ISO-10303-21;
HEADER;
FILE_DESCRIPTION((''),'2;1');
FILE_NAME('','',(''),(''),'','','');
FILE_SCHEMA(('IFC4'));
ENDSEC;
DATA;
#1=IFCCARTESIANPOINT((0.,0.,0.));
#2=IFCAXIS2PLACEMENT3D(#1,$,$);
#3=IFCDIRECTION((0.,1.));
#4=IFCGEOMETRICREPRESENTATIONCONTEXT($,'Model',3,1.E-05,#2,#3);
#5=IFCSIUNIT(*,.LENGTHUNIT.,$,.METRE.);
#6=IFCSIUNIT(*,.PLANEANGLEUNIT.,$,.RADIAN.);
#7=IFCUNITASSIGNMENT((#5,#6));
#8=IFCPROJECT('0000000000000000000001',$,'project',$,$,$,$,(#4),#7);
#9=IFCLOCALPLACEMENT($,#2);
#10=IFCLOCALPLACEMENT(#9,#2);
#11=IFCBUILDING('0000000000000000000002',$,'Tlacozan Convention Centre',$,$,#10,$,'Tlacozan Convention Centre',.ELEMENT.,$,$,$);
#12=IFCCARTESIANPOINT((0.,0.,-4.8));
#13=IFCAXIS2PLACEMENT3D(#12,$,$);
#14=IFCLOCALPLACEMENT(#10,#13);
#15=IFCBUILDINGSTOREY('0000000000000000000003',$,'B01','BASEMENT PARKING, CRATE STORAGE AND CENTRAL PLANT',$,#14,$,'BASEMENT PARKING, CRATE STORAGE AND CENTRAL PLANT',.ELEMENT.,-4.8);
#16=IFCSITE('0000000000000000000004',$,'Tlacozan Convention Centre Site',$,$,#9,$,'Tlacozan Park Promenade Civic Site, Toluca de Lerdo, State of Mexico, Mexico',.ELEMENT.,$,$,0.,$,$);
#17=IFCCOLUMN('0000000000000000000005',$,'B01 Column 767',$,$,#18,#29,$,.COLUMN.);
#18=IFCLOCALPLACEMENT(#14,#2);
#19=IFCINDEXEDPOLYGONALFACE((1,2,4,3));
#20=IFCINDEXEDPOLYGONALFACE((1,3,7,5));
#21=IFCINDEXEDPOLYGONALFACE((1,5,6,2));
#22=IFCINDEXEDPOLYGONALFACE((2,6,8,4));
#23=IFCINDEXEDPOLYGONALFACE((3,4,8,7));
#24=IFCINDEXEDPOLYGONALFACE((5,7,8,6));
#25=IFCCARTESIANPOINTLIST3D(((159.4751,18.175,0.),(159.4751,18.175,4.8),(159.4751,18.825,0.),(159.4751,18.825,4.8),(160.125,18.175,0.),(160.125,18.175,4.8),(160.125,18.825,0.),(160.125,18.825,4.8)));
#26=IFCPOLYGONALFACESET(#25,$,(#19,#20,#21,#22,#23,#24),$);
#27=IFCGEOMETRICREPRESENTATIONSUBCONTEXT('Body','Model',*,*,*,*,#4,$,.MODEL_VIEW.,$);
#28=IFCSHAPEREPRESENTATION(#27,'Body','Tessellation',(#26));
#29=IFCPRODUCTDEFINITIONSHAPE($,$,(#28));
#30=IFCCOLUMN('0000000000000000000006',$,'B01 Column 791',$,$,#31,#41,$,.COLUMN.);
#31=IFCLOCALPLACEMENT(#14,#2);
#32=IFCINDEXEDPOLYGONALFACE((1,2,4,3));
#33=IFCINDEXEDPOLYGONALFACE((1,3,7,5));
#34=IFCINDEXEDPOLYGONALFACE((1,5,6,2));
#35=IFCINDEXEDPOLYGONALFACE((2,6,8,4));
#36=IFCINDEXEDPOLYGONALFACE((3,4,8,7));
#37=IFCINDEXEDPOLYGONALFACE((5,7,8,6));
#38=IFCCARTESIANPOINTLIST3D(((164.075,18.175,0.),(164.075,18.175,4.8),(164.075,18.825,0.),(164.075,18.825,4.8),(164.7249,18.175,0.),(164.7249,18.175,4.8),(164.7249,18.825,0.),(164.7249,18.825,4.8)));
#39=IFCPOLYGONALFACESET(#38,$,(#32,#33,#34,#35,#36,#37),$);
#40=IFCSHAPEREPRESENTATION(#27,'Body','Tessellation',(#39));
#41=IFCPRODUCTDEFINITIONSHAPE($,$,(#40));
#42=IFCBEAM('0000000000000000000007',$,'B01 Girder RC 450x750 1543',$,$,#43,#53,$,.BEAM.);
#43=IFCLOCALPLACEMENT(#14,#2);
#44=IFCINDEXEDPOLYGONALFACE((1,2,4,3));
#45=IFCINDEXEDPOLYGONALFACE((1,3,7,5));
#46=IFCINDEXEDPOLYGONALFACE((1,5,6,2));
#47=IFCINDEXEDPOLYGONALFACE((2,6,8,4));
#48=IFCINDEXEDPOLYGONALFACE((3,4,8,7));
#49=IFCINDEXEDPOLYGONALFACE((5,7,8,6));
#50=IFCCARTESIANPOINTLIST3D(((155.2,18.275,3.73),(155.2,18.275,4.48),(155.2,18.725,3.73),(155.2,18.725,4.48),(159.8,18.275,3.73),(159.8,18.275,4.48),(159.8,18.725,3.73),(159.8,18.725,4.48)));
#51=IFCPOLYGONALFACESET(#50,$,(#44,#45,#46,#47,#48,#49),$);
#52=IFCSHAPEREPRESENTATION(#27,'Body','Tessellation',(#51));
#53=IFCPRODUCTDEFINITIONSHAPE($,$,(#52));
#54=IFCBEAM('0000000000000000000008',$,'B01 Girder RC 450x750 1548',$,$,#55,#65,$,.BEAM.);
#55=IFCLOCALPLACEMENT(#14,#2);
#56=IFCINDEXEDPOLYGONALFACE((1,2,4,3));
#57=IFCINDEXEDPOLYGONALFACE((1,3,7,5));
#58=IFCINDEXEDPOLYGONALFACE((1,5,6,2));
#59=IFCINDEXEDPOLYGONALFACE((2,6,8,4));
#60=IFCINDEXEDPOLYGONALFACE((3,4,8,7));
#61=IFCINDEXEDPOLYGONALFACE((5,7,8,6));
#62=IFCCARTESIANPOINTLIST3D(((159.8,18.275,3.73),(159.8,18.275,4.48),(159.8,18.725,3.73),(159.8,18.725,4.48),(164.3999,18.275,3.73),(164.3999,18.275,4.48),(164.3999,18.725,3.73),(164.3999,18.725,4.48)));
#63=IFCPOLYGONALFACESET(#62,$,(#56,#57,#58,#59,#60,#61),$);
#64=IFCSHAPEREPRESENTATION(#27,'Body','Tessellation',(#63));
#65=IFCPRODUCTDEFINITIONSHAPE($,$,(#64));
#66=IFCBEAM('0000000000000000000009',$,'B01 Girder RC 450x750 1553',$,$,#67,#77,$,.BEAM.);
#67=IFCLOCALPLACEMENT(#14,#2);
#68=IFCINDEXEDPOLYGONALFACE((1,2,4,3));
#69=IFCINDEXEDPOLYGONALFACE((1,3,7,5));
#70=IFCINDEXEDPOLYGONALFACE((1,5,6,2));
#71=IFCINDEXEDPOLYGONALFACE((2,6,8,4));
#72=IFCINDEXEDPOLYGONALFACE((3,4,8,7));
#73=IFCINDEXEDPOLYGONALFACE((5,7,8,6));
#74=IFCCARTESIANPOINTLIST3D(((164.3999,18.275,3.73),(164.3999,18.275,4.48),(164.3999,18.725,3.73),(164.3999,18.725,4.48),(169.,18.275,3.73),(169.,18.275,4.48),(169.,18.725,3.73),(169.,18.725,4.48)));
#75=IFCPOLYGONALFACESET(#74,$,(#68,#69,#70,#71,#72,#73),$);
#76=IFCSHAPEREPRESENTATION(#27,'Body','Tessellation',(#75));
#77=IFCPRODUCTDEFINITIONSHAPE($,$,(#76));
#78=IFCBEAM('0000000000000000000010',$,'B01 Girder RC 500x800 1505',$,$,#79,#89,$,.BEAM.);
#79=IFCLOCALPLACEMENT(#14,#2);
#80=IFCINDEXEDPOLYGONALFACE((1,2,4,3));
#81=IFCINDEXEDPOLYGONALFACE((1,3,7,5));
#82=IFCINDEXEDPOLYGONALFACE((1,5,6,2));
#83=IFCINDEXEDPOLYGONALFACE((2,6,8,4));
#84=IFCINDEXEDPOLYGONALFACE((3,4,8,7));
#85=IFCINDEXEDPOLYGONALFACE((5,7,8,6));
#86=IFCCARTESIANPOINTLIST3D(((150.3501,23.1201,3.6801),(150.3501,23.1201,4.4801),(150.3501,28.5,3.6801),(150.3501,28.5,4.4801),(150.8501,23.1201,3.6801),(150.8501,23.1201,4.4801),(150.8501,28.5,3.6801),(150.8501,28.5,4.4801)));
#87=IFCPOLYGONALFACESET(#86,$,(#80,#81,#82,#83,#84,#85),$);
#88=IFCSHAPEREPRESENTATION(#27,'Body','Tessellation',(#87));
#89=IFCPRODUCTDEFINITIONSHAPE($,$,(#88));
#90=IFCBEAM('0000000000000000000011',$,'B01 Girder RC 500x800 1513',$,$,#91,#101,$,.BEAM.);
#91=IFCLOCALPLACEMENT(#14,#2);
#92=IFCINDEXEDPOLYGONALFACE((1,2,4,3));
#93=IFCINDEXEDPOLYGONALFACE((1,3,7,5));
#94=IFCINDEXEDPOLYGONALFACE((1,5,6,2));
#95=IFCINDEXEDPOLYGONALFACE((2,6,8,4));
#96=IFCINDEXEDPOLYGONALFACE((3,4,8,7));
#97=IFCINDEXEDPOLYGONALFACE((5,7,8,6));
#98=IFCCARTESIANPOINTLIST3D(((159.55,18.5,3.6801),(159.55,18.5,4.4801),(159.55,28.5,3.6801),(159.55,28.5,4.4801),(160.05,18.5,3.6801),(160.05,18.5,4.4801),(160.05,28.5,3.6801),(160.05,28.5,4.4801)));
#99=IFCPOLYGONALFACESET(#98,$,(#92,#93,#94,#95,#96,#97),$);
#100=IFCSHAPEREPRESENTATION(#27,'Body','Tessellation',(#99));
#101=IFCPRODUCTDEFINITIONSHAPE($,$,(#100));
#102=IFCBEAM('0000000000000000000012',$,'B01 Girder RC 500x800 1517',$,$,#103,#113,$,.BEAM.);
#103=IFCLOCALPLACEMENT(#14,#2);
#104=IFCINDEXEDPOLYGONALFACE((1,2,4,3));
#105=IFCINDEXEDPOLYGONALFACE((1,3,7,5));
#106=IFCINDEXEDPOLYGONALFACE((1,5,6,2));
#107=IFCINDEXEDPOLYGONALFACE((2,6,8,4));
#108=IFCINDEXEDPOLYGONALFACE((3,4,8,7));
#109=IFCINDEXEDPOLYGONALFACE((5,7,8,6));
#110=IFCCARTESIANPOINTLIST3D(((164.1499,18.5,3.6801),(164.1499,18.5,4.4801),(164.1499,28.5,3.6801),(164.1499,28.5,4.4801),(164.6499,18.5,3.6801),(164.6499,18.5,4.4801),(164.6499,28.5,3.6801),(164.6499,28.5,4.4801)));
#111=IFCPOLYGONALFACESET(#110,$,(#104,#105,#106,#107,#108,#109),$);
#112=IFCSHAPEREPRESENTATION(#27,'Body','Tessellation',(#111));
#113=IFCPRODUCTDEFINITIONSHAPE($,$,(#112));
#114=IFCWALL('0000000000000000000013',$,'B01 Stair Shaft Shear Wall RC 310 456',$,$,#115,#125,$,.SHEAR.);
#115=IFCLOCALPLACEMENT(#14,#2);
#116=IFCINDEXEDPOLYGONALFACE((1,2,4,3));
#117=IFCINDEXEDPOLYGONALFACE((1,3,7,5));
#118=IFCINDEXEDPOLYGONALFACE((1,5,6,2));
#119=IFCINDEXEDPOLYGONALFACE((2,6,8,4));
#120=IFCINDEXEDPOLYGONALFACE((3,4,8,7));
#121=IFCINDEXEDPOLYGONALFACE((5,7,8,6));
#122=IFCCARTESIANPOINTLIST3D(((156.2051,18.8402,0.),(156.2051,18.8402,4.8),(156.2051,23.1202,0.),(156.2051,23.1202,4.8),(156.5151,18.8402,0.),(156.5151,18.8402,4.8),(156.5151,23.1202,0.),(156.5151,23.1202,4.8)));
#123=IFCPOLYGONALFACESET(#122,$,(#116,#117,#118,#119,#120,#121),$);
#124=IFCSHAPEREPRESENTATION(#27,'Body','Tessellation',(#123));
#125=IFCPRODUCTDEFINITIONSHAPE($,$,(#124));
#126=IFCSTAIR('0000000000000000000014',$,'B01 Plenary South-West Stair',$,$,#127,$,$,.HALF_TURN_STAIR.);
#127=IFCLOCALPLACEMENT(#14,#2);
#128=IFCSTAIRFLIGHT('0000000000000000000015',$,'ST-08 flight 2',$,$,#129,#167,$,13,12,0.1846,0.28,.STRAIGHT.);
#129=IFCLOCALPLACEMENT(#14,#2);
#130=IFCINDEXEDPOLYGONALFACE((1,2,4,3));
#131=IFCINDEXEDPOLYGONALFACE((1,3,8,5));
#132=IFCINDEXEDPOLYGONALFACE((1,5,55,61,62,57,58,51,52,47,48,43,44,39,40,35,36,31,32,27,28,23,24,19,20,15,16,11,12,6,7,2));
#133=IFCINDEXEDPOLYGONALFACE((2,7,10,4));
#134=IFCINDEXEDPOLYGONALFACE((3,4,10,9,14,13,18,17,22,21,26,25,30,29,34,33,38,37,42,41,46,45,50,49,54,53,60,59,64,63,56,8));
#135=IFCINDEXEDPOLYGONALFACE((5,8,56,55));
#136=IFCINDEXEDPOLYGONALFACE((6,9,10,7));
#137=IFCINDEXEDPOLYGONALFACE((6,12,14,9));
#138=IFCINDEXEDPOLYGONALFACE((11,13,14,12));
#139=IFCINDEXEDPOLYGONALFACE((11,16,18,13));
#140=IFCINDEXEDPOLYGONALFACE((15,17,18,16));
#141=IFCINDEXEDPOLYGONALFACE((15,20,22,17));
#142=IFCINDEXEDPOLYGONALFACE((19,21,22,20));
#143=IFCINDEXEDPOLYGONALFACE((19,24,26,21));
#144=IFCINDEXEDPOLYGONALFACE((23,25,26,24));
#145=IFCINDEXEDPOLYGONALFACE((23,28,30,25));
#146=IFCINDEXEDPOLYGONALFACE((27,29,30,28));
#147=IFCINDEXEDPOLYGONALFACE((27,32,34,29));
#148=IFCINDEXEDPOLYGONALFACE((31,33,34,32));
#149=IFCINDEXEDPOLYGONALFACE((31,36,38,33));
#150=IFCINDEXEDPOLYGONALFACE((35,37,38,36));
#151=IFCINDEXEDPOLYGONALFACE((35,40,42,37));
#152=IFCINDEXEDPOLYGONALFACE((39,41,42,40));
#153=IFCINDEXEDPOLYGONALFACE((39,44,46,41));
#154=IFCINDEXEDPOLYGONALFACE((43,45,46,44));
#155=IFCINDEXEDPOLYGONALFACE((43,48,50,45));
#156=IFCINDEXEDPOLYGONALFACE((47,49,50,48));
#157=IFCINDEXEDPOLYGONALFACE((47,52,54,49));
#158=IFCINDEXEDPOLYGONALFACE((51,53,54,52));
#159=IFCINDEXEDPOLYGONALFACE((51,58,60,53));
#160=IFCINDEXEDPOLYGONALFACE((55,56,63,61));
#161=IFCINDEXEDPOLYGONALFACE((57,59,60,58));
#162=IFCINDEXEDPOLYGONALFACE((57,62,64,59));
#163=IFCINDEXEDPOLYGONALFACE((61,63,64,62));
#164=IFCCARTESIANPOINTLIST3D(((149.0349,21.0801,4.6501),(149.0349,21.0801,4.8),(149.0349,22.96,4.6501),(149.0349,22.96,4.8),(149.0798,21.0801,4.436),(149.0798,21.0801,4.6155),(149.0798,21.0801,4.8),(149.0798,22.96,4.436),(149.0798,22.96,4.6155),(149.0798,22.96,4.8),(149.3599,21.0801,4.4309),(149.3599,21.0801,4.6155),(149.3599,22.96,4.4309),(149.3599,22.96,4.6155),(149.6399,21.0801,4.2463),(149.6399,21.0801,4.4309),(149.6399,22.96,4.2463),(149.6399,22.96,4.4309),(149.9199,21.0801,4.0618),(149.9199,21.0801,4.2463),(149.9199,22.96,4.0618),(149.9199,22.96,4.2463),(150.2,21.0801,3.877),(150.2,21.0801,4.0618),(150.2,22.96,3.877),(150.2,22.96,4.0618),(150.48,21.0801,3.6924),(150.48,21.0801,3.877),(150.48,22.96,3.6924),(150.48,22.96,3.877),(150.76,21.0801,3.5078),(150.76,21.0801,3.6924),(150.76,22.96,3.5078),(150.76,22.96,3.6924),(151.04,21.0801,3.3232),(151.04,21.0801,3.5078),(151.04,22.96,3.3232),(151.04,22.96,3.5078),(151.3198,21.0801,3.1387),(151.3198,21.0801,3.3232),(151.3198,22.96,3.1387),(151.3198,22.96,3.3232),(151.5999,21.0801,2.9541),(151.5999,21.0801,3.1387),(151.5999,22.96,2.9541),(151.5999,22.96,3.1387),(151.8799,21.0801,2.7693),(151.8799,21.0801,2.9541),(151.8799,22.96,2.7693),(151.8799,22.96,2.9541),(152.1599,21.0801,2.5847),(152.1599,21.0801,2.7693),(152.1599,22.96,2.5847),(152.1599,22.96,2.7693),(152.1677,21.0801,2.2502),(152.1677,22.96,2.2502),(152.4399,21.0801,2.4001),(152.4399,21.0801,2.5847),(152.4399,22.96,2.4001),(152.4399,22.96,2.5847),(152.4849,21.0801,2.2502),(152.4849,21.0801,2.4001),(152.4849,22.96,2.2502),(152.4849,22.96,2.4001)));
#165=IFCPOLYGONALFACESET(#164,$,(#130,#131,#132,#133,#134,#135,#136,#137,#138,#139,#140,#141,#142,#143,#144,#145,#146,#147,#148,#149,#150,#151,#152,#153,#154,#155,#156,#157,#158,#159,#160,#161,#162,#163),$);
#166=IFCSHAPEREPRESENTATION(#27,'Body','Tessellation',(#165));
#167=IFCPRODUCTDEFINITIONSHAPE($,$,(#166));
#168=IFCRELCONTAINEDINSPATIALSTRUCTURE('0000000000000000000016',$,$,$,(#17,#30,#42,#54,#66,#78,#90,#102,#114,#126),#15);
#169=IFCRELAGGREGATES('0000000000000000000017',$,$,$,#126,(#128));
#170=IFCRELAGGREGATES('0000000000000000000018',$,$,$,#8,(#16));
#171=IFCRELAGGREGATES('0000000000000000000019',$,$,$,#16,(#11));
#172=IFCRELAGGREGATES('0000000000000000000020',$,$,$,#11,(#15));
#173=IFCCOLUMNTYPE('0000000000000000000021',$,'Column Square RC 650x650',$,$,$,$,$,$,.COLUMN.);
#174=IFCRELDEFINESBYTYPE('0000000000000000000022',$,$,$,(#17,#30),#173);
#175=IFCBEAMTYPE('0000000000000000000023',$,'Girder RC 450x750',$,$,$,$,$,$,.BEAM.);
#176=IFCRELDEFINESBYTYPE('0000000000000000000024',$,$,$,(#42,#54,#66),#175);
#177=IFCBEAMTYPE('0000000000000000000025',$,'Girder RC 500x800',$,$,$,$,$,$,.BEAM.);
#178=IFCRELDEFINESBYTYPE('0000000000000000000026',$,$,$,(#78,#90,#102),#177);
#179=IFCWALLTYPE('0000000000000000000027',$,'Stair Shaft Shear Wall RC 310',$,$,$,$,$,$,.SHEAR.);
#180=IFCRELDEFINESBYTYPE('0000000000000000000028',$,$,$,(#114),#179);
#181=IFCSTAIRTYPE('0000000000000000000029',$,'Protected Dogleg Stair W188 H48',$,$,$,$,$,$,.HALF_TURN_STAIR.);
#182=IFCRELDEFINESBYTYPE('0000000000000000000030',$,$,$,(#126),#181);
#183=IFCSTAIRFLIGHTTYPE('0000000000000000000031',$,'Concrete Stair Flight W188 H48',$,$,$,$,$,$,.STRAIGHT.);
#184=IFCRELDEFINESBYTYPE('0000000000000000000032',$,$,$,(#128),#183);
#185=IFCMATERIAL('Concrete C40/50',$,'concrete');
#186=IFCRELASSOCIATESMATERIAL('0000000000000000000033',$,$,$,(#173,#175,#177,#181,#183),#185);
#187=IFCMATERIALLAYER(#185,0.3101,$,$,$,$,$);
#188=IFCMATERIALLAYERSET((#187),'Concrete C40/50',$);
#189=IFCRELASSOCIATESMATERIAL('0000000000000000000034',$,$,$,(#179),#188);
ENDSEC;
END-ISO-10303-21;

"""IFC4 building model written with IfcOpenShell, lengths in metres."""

from ifc_helpers import new_model, si_unit, direction, frame, frame_2d, origin, origin_2d, place, context, subcontext, project, spatial, polyline, rectangle, outline, extrude, material, layer, layer_set, material_profile, profile_set, type_object, element, aggregate, save


model = new_model("IFC4")

# Units and contexts
model_context = context("Model", 3, precision=1e-05, world=origin(), true_north=direction((0.0, 1.0)))
body_context = subcontext(model_context, "Body", "Model", "MODEL_VIEW")
ifc_project = project(units=[si_unit("LENGTHUNIT", "METRE"), si_unit("PLANEANGLEUNIT", "RADIAN")], contexts=[model_context])

# Site, building, storey
site_placement = place(None, origin())
site = spatial("IfcSite", under=ifc_project, at=site_placement, Name="Tlacozan Convention Centre Site", LongName="Tlacozan Park Promenade Civic Site, Toluca de Lerdo, State of Mexico, Mexico", CompositionType="ELEMENT", RefElevation=0.0)
building_placement = place(site_placement, origin())
building = spatial("IfcBuilding", under=site, at=building_placement, Name="Tlacozan Convention Centre", LongName="Tlacozan Convention Centre", CompositionType="ELEMENT")
storey_placement = place(building_placement, frame((0.0, 0.0, -4.8)))
storey = spatial("IfcBuildingStorey", under=building, at=storey_placement, Name="B01", Description="BASEMENT PARKING, CRATE STORAGE AND CENTRAL PLANT", LongName="BASEMENT PARKING, CRATE STORAGE AND CENTRAL PLANT", CompositionType="ELEMENT", Elevation=-4.8)

# Columns
ifc_material_1 = material(Name="Concrete C40/50", Category="concrete")
ifc_material_profile_1 = material_profile(ifc_material_1, rectangle(XDim=0.6499, YDim=0.6499, at=origin_2d()), Name="RC 650x650")
ifc_profile_set_1 = profile_set([ifc_material_profile_1], Name="Concrete C40/50")
column_type = type_object("IfcColumnType", Name="Column Square RC 650x650", PredefinedType="COLUMN", material=ifc_profile_set_1)
for number, where, z_axis, x_axis, name in (
    (1, (159.8, 18.5, 0.0), (0.0, 0.0, 1.0), (1.0, 0.0, 0.0), "B01 Column 767"),
    (2, (164.3999, 18.5, 0.0), (0.0, 0.0, 1.0), (1.0, 0.0, 0.0), "B01 Column 791"),
):
    element("IfcColumn", number, at=place(storey_placement, frame(where, z_axis=z_axis, x_axis=x_axis)), inside=storey, type_object=column_type, Name=name, PredefinedType="COLUMN", context=body_context, shape_type="SweptSolid", body=[
        extrude(rectangle(XDim=0.6499, YDim=0.6499, at=origin_2d()), origin(), (0.0, 0.0, 1.0), 4.8),
    ])

# Beams
ifc_material_profile_2 = material_profile(ifc_material_1, rectangle(XDim=0.45, YDim=0.75, at=origin_2d()), Name="RC 450x750")
ifc_profile_set_2 = profile_set([ifc_material_profile_2], Name="Concrete C40/50")
beam_type_1 = type_object("IfcBeamType", Name="Girder RC 450x750", PredefinedType="BEAM", material=ifc_profile_set_2)
beam_1_placement = place(storey_placement, frame((155.2, 18.5, 4.105), z_axis=(1.0, 0.0, 0.0), x_axis=(0.0, 1.0, 0.0)))
element("IfcBeam", 3, at=beam_1_placement, inside=storey, type_object=beam_type_1, Name="B01 Girder RC 450x750 1543", PredefinedType="BEAM", context=body_context, shape_type="SweptSolid", body=[
    extrude(rectangle(XDim=0.45, YDim=0.75, at=origin_2d()), origin(), (0.0, 0.0, 1.0), 4.6001),
])
beam_2_placement = place(storey_placement, frame((159.8, 18.5, 4.105), z_axis=(1.0, 0.0, 0.0), x_axis=(0.0, 1.0, 0.0)))
element("IfcBeam", 4, at=beam_2_placement, inside=storey, type_object=beam_type_1, Name="B01 Girder RC 450x750 1548", PredefinedType="BEAM", context=body_context, shape_type="SweptSolid", body=[
    extrude(rectangle(XDim=0.45, YDim=0.75, at=origin_2d()), origin(), (0.0, 0.0, 1.0), 4.5999),
])
beam_3_placement = place(storey_placement, frame((164.3999, 18.5, 4.105), z_axis=(1.0, 0.0, 0.0), x_axis=(0.0, 1.0, 0.0)))
element("IfcBeam", 5, at=beam_3_placement, inside=storey, type_object=beam_type_1, Name="B01 Girder RC 450x750 1553", PredefinedType="BEAM", context=body_context, shape_type="SweptSolid", body=[
    extrude(rectangle(XDim=0.45, YDim=0.75, at=origin_2d()), origin(), (0.0, 0.0, 1.0), 4.6001),
])
ifc_material_profile_3 = material_profile(ifc_material_1, rectangle(XDim=0.5, YDim=0.8, at=origin_2d()), Name="RC 500x800")
ifc_profile_set_3 = profile_set([ifc_material_profile_3], Name="Concrete C40/50")
beam_type_2 = type_object("IfcBeamType", Name="Girder RC 500x800", PredefinedType="BEAM", material=ifc_profile_set_3)
beam_4_placement = place(storey_placement, frame((150.6001, 23.1201, 4.0801), z_axis=(0.0, 1.0, 0.0), x_axis=(-1.0, 0.0, 0.0)))
element("IfcBeam", 6, at=beam_4_placement, inside=storey, type_object=beam_type_2, Name="B01 Girder RC 500x800 1505", PredefinedType="BEAM", context=body_context, shape_type="SweptSolid", body=[
    extrude(rectangle(XDim=0.5, YDim=0.8, at=origin_2d()), origin(), (0.0, 0.0, 1.0), 5.3799),
])
for number, where, z_axis, x_axis, name in (
    (7, (159.8, 18.5, 4.0801), (0.0, 1.0, 0.0), (-1.0, 0.0, 0.0), "B01 Girder RC 500x800 1513"),
    (8, (164.3999, 18.5, 4.0801), (0.0, 1.0, 0.0), (-1.0, 0.0, 0.0), "B01 Girder RC 500x800 1517"),
):
    element("IfcBeam", number, at=place(storey_placement, frame(where, z_axis=z_axis, x_axis=x_axis)), inside=storey, type_object=beam_type_2, Name=name, PredefinedType="BEAM", context=body_context, shape_type="SweptSolid", body=[
        extrude(rectangle(XDim=0.5, YDim=0.8, at=origin_2d()), origin(), (0.0, 0.0, 1.0), 10.0),
    ])

# Wall
ifc_layer_1 = layer(ifc_material_1, 0.3101)
ifc_layer_set_1 = layer_set([ifc_layer_1], Name="Concrete C40/50")
wall_type = type_object("IfcWallType", Name="Stair Shaft Shear Wall RC 310", PredefinedType="SHEAR", material=ifc_layer_set_1)
wall_placement = place(storey_placement, frame((156.3601, 18.8401, 0.0), z_axis=(0.0, 0.0, 1.0), x_axis=(0.0, 1.0, 0.0)))
element("IfcWall", 9, at=wall_placement, inside=storey, type_object=wall_type, Name="B01 Stair Shaft Shear Wall RC 310 456", PredefinedType="SHEAR", context=body_context, shape_type="SweptSolid", body=[
    extrude(rectangle(XDim=4.28, YDim=0.3101, at=frame_2d((2.1401, 0.0))), origin(), (0.0, 0.0, 1.0), 4.8),
])

# Stair, stair flight
stair_type = type_object("IfcStairType", Name="Protected Dogleg Stair W188 H48", PredefinedType="HALF_TURN_STAIR", material=ifc_material_1)
stair_placement = place(storey_placement, origin())
stair = element("IfcStair", 10, at=stair_placement, inside=storey, type_object=stair_type, Name="B01 Plenary South-West Stair", PredefinedType="HALF_TURN_STAIR")
stair_flight_type = type_object("IfcStairFlightType", Name="Concrete Stair Flight W188 H48", PredefinedType="STRAIGHT", material=ifc_material_1)
stair_flight_placement = place(storey_placement, frame((152.4399, 22.02, 2.4001), z_axis=(0.0, 0.0, 1.0), x_axis=(-1.0, 0.0, 0.0)))
stair_flight = element("IfcStairFlight", 11, at=stair_flight_placement, type_object=stair_flight_type, Name="ST-08 flight 2", NumberOfRisers=13, NumberOfTreads=12, PredefinedType="STRAIGHT", RiserHeight=0.1846, TreadLength=0.28, context=body_context, shape_type="SweptSolid", body=[
    extrude(outline(polyline([(-0.0449, -0.1499), (-0.0449, 0.0), (0.0, 0.0), (0.0, 0.1846), (0.28, 0.1846), (0.28, 0.3691), (0.5601, 0.3691), (0.5601, 0.554), (0.8401, 0.554), (0.8401, 0.7385), (1.1201, 0.7385), (1.1201, 0.9231), (1.3999, 0.9231), (1.3999, 1.1077), (1.6799, 1.1077), (1.6799, 1.2922), (1.96, 1.2922), (1.96, 1.4768), (2.24, 1.4768), (2.24, 1.6616), (2.52, 1.6616), (2.52, 1.8462), (2.8, 1.8462), (2.8, 2.0308), (3.0801, 2.0308), (3.0801, 2.2153), (3.3601, 2.2153), (3.3601, 2.3999), (3.405, 2.3999), (3.405, 2.25), (3.3601, 2.0359), (0.2722, -0.1499), (-0.0449, -0.1499)])), frame((0.0, 0.9399, 0.0), z_axis=(0.0, -1.0, 0.0), x_axis=(1.0, 0.0, 0.0)), (0.0, 0.0, 1.0), 1.8799),
])
aggregate(stair, [stair_flight])

save(model, "model.ifc")
